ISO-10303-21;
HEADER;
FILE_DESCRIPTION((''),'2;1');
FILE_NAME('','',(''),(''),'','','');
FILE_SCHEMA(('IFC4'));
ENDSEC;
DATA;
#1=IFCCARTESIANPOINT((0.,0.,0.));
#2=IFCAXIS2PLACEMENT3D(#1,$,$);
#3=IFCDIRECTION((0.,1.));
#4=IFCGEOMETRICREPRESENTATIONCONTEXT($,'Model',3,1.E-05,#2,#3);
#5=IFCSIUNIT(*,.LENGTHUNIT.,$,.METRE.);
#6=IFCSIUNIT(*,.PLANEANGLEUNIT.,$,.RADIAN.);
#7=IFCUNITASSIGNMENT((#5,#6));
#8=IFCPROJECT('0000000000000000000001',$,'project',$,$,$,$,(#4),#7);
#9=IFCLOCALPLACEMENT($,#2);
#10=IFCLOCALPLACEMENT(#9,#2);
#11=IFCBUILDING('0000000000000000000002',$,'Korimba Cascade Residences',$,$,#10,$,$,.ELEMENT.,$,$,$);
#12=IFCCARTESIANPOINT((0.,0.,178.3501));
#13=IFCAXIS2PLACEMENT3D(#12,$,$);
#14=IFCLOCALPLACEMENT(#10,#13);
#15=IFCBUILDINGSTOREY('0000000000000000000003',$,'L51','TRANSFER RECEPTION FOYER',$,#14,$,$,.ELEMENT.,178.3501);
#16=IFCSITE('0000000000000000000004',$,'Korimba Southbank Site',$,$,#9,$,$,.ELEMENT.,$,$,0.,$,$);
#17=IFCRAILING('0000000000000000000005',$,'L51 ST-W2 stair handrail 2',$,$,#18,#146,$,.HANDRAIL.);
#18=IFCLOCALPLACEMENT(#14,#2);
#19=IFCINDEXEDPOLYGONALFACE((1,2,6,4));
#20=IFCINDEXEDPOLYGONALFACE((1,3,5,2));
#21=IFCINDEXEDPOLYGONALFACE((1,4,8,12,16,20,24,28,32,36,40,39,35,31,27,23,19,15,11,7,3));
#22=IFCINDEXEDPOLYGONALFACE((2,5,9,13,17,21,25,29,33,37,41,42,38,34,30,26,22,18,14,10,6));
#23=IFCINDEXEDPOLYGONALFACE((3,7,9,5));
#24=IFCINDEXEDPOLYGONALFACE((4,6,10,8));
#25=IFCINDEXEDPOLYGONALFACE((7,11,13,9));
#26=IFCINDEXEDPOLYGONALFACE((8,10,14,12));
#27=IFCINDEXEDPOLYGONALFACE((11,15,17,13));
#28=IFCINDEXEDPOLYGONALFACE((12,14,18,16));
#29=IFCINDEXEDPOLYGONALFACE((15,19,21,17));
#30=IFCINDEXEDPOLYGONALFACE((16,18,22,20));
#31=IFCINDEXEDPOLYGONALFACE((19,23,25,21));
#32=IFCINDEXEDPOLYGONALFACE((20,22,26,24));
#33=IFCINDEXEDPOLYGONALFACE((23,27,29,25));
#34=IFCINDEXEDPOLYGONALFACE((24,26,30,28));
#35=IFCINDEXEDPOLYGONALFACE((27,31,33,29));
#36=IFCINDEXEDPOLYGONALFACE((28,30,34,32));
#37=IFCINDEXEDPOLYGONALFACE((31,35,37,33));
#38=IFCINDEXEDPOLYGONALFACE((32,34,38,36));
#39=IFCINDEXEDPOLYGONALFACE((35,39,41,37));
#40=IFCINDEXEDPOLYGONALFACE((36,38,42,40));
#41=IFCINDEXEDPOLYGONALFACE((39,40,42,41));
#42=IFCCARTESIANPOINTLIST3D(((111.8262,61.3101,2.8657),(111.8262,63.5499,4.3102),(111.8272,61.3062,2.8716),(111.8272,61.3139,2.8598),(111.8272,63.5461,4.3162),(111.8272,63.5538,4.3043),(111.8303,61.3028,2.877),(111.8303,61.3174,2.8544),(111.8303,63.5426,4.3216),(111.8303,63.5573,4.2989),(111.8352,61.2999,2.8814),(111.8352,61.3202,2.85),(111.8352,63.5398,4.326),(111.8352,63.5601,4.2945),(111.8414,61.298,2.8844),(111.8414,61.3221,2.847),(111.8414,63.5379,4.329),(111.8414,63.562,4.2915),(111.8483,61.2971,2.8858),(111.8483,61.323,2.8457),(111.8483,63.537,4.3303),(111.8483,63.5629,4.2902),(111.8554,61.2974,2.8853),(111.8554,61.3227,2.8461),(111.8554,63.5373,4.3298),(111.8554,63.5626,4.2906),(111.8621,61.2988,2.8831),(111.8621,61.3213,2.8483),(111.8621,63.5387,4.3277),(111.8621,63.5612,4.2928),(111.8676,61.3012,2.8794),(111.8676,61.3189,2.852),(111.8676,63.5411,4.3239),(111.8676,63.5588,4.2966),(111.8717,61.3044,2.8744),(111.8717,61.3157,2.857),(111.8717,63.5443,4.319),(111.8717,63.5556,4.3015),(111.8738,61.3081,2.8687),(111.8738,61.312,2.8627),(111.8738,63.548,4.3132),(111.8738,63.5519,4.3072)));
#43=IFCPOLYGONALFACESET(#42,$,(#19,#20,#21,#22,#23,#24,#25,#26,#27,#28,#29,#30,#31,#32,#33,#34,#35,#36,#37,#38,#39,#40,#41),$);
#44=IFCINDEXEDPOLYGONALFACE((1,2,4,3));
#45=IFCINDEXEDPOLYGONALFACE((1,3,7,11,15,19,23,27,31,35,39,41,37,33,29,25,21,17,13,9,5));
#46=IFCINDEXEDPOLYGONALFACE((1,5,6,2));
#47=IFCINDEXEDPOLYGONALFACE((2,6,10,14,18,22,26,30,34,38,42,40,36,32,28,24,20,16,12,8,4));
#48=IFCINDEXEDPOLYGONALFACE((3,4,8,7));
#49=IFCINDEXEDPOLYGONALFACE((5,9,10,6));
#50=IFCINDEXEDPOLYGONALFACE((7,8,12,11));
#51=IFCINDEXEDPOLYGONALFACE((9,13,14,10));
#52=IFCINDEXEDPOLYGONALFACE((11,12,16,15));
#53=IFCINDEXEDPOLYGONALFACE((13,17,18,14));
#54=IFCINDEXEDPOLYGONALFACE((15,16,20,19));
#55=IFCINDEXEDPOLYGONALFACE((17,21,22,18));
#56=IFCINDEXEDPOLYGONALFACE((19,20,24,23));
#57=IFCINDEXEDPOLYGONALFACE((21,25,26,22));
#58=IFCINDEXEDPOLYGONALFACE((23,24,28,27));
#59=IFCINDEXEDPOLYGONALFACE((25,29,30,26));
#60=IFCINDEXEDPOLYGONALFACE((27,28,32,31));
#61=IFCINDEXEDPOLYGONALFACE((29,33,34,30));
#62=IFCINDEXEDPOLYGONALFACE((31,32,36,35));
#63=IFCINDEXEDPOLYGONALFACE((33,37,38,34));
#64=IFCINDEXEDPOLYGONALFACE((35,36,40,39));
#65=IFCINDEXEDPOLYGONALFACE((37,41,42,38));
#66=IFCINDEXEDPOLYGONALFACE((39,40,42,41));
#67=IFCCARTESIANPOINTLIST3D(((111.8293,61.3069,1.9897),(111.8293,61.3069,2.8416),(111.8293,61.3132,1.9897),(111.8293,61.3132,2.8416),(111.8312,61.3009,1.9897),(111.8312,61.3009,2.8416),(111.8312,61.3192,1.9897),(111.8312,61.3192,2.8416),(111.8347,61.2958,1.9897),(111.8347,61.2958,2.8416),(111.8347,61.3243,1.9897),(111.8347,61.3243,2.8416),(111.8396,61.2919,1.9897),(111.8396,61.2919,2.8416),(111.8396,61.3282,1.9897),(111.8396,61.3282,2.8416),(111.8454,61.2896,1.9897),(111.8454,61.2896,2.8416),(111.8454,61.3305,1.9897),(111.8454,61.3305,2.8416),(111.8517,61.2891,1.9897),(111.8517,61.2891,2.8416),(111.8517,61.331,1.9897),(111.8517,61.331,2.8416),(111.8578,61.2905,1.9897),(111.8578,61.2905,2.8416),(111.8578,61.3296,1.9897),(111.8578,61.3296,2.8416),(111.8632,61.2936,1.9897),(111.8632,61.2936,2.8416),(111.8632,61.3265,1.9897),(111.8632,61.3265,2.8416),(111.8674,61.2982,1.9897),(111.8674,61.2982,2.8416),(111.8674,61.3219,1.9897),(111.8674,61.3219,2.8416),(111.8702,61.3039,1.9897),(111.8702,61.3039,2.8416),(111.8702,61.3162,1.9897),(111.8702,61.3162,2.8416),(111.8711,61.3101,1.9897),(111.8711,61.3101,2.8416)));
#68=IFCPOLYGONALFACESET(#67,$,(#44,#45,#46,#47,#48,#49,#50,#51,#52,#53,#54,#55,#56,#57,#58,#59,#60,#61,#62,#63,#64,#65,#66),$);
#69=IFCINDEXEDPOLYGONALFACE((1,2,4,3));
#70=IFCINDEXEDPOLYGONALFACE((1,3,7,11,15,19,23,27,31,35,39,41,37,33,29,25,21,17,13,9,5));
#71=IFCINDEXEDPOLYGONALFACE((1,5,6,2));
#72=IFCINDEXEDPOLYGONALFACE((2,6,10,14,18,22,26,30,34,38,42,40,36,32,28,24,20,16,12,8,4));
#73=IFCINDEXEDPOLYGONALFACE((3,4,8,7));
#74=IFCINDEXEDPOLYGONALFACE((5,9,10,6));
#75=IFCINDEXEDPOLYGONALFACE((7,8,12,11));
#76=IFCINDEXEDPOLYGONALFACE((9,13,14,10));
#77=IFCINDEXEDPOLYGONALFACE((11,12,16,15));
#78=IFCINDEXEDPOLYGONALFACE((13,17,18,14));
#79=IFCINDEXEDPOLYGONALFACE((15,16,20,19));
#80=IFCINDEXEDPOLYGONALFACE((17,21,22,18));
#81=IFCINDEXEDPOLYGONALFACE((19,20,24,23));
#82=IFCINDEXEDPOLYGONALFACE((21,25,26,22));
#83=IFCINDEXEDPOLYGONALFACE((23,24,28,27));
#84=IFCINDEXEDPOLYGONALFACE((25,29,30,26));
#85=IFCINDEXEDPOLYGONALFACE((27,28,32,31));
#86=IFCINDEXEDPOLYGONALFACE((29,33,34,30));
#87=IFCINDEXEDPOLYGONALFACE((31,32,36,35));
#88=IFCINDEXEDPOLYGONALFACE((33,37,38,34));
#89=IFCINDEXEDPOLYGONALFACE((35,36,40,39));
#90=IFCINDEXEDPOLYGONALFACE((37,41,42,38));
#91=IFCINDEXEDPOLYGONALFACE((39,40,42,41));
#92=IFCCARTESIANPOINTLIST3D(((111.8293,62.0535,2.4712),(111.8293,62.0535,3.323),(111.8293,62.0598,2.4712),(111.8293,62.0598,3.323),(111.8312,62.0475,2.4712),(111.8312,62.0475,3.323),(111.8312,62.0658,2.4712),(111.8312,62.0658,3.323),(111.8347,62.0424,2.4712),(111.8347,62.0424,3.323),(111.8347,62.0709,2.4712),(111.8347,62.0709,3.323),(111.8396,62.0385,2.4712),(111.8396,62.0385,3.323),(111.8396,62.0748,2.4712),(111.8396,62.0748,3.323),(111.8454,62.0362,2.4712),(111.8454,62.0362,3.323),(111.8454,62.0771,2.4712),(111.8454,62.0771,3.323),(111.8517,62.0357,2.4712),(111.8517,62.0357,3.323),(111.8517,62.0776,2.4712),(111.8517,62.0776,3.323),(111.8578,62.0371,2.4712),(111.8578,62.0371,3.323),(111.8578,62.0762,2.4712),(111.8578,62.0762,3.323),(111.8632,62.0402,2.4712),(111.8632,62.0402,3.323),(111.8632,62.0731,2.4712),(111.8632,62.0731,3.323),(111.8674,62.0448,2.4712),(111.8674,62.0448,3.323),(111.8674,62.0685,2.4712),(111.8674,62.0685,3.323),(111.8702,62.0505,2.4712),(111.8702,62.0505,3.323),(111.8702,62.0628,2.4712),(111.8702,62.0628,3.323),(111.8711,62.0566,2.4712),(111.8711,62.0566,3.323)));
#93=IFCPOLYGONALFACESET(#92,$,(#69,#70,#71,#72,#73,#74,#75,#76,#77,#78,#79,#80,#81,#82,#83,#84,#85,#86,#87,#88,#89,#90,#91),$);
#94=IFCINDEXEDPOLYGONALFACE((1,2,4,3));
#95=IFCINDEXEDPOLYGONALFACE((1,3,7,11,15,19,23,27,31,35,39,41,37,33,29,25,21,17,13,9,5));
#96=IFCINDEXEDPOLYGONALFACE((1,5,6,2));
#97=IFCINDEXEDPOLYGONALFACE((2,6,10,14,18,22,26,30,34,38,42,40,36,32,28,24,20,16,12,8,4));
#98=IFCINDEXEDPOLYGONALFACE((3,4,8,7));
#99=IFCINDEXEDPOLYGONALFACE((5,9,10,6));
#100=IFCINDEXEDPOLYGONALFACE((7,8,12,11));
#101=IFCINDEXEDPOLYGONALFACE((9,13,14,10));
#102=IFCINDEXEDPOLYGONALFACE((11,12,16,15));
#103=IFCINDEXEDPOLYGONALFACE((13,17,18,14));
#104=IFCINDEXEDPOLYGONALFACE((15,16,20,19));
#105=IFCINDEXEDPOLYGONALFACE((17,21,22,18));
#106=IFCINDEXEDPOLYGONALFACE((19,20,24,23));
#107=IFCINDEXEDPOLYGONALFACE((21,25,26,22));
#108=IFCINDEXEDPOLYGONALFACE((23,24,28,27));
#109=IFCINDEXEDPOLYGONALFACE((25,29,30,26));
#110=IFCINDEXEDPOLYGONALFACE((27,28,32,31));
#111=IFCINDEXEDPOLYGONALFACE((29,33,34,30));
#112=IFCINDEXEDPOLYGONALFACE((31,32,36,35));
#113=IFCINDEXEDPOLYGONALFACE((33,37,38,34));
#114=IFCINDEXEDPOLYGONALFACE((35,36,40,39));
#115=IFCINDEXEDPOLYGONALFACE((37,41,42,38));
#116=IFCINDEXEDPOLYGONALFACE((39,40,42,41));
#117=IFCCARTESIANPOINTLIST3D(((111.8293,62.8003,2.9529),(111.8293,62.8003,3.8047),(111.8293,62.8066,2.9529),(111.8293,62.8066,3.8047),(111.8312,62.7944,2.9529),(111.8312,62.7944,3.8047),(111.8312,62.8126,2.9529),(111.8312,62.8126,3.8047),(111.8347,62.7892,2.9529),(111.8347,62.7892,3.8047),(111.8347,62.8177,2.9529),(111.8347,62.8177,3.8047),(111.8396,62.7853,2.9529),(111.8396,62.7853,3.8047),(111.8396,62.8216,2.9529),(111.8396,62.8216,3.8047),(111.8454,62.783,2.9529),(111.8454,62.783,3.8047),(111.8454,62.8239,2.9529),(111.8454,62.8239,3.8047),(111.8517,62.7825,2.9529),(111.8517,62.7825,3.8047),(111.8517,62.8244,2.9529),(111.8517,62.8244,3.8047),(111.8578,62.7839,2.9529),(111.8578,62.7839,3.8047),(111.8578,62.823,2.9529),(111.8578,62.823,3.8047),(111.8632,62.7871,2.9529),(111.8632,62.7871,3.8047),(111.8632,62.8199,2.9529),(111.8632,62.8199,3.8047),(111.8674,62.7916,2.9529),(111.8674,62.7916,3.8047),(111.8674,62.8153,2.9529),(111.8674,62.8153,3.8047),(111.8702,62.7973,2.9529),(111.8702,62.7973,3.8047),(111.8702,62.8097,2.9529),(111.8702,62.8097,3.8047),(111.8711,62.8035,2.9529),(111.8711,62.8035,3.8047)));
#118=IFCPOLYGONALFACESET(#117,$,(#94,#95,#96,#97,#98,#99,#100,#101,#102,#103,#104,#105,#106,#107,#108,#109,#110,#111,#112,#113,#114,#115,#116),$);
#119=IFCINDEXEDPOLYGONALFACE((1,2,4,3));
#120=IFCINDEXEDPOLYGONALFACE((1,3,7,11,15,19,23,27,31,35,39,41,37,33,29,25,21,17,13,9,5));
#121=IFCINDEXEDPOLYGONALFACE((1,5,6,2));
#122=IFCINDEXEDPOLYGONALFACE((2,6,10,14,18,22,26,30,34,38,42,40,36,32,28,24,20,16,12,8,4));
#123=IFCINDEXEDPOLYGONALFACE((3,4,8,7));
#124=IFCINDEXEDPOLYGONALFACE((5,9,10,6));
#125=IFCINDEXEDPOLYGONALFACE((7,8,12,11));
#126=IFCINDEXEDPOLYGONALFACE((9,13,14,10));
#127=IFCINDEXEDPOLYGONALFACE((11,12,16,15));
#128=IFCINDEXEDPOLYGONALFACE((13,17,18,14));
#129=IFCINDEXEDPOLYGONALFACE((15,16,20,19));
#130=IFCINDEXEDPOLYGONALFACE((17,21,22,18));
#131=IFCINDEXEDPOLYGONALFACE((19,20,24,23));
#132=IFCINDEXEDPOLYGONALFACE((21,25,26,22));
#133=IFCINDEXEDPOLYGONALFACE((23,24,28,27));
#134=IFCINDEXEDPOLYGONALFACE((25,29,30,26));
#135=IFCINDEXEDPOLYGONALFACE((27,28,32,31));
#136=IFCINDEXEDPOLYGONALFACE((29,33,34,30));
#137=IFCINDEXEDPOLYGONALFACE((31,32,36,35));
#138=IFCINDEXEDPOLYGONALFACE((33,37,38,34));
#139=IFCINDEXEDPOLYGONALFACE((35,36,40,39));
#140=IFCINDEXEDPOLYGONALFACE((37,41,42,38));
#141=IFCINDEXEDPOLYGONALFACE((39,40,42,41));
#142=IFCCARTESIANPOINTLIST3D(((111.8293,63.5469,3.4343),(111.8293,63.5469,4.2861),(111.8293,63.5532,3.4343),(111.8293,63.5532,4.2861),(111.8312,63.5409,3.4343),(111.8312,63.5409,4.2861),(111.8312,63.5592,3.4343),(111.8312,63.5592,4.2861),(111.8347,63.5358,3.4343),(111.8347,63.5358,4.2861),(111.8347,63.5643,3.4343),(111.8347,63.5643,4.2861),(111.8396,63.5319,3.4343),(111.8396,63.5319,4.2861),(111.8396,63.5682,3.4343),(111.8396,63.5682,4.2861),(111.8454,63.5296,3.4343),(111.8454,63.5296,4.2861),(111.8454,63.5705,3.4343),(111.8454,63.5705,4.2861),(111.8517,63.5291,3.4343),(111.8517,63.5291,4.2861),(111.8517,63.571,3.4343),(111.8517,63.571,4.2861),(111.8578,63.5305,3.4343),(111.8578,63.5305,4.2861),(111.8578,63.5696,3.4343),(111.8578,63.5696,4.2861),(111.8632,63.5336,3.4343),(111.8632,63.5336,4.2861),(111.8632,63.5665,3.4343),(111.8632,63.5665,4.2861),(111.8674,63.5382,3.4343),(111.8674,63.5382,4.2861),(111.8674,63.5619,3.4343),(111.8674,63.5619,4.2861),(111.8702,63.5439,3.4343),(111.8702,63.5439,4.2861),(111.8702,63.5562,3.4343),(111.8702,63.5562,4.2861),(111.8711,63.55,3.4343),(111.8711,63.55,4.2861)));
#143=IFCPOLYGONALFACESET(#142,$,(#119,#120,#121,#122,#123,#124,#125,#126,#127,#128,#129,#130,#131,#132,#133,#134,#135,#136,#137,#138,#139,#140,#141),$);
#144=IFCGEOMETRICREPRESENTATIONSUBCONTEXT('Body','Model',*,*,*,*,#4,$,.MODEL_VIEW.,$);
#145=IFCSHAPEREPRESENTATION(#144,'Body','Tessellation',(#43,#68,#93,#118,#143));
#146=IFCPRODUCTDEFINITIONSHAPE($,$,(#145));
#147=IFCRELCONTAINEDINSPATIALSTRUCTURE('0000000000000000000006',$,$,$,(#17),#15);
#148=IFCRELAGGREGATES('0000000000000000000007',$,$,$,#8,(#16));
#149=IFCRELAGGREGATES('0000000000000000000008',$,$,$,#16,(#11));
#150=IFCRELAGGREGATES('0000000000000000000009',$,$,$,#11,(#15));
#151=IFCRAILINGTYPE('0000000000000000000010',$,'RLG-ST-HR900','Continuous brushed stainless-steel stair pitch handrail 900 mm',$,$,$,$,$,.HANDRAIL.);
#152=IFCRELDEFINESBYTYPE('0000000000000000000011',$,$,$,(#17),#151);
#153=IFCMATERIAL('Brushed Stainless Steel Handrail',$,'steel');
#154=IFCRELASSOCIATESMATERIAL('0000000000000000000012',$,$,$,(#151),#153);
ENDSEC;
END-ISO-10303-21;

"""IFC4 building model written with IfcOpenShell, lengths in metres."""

from ifc_helpers import new_model, si_unit, direction, frame, origin, origin_2d, place, context, subcontext, project, spatial, circle, extrude, material, type_object, element, save


model = new_model("IFC4")

# Units and contexts
model_context = context("Model", 3, precision=1e-05, world=origin(), true_north=direction((0.0, 1.0)))
body_context = subcontext(model_context, "Body", "Model", "MODEL_VIEW")
ifc_project = project(units=[si_unit("LENGTHUNIT", "METRE"), si_unit("PLANEANGLEUNIT", "RADIAN")], contexts=[model_context])

# Site, building, storey
site_placement = place(None, origin())
site = spatial("IfcSite", under=ifc_project, at=site_placement, Name="Korimba Southbank Site", CompositionType="ELEMENT", RefElevation=0.0)
building_placement = place(site_placement, origin())
building = spatial("IfcBuilding", under=site, at=building_placement, Name="Korimba Cascade Residences", CompositionType="ELEMENT")
storey_placement = place(building_placement, frame((0.0, 0.0, 178.3501)))
storey = spatial("IfcBuildingStorey", under=building, at=storey_placement, Name="L51", Description="TRANSFER RECEPTION FOYER", CompositionType="ELEMENT", Elevation=178.3501)

# Railing
ifc_material_1 = material(Name="Brushed Stainless Steel Handrail", Category="steel")
railing_type_1 = type_object("IfcRailingType", Name="RLG-ST-HR900", Description="Continuous brushed stainless-steel stair pitch handrail 900 mm", PredefinedType="HANDRAIL", material=ifc_material_1)
railing_1_placement = place(storey_placement, frame((111.8501, 61.3101, 1.9897)))
element("IfcRailing", 1, at=railing_1_placement, inside=storey, type_object=railing_type_1, Name="L51 ST-W2 stair handrail 2", PredefinedType="HANDRAIL", context=body_context, shape_type="SweptSolid", body=[
    extrude(circle(Radius=0.0239, at=origin_2d()), frame((0.0, 0.0, 0.876), z_axis=(0.0, 0.840395, 0.541975), x_axis=(-1.0, 0.0, 0.0)), (0.0, 0.0, 1.0), 2.6653),
    extrude(circle(Radius=0.021, at=origin_2d()), origin(), (0.0, 0.0, 1.0), 0.8518),
    extrude(circle(Radius=0.021, at=origin_2d()), frame((0.0, 0.7466, 0.4814)), (0.0, 0.0, 1.0), 0.8518),
    extrude(circle(Radius=0.021, at=origin_2d()), frame((0.0, 1.4934, 0.9631)), (0.0, 0.0, 1.0), 0.8518),
    extrude(circle(Radius=0.021, at=origin_2d()), frame((0.0, 2.24, 1.4446)), (0.0, 0.0, 1.0), 0.8518),
])

save(model, "model.ifc")
